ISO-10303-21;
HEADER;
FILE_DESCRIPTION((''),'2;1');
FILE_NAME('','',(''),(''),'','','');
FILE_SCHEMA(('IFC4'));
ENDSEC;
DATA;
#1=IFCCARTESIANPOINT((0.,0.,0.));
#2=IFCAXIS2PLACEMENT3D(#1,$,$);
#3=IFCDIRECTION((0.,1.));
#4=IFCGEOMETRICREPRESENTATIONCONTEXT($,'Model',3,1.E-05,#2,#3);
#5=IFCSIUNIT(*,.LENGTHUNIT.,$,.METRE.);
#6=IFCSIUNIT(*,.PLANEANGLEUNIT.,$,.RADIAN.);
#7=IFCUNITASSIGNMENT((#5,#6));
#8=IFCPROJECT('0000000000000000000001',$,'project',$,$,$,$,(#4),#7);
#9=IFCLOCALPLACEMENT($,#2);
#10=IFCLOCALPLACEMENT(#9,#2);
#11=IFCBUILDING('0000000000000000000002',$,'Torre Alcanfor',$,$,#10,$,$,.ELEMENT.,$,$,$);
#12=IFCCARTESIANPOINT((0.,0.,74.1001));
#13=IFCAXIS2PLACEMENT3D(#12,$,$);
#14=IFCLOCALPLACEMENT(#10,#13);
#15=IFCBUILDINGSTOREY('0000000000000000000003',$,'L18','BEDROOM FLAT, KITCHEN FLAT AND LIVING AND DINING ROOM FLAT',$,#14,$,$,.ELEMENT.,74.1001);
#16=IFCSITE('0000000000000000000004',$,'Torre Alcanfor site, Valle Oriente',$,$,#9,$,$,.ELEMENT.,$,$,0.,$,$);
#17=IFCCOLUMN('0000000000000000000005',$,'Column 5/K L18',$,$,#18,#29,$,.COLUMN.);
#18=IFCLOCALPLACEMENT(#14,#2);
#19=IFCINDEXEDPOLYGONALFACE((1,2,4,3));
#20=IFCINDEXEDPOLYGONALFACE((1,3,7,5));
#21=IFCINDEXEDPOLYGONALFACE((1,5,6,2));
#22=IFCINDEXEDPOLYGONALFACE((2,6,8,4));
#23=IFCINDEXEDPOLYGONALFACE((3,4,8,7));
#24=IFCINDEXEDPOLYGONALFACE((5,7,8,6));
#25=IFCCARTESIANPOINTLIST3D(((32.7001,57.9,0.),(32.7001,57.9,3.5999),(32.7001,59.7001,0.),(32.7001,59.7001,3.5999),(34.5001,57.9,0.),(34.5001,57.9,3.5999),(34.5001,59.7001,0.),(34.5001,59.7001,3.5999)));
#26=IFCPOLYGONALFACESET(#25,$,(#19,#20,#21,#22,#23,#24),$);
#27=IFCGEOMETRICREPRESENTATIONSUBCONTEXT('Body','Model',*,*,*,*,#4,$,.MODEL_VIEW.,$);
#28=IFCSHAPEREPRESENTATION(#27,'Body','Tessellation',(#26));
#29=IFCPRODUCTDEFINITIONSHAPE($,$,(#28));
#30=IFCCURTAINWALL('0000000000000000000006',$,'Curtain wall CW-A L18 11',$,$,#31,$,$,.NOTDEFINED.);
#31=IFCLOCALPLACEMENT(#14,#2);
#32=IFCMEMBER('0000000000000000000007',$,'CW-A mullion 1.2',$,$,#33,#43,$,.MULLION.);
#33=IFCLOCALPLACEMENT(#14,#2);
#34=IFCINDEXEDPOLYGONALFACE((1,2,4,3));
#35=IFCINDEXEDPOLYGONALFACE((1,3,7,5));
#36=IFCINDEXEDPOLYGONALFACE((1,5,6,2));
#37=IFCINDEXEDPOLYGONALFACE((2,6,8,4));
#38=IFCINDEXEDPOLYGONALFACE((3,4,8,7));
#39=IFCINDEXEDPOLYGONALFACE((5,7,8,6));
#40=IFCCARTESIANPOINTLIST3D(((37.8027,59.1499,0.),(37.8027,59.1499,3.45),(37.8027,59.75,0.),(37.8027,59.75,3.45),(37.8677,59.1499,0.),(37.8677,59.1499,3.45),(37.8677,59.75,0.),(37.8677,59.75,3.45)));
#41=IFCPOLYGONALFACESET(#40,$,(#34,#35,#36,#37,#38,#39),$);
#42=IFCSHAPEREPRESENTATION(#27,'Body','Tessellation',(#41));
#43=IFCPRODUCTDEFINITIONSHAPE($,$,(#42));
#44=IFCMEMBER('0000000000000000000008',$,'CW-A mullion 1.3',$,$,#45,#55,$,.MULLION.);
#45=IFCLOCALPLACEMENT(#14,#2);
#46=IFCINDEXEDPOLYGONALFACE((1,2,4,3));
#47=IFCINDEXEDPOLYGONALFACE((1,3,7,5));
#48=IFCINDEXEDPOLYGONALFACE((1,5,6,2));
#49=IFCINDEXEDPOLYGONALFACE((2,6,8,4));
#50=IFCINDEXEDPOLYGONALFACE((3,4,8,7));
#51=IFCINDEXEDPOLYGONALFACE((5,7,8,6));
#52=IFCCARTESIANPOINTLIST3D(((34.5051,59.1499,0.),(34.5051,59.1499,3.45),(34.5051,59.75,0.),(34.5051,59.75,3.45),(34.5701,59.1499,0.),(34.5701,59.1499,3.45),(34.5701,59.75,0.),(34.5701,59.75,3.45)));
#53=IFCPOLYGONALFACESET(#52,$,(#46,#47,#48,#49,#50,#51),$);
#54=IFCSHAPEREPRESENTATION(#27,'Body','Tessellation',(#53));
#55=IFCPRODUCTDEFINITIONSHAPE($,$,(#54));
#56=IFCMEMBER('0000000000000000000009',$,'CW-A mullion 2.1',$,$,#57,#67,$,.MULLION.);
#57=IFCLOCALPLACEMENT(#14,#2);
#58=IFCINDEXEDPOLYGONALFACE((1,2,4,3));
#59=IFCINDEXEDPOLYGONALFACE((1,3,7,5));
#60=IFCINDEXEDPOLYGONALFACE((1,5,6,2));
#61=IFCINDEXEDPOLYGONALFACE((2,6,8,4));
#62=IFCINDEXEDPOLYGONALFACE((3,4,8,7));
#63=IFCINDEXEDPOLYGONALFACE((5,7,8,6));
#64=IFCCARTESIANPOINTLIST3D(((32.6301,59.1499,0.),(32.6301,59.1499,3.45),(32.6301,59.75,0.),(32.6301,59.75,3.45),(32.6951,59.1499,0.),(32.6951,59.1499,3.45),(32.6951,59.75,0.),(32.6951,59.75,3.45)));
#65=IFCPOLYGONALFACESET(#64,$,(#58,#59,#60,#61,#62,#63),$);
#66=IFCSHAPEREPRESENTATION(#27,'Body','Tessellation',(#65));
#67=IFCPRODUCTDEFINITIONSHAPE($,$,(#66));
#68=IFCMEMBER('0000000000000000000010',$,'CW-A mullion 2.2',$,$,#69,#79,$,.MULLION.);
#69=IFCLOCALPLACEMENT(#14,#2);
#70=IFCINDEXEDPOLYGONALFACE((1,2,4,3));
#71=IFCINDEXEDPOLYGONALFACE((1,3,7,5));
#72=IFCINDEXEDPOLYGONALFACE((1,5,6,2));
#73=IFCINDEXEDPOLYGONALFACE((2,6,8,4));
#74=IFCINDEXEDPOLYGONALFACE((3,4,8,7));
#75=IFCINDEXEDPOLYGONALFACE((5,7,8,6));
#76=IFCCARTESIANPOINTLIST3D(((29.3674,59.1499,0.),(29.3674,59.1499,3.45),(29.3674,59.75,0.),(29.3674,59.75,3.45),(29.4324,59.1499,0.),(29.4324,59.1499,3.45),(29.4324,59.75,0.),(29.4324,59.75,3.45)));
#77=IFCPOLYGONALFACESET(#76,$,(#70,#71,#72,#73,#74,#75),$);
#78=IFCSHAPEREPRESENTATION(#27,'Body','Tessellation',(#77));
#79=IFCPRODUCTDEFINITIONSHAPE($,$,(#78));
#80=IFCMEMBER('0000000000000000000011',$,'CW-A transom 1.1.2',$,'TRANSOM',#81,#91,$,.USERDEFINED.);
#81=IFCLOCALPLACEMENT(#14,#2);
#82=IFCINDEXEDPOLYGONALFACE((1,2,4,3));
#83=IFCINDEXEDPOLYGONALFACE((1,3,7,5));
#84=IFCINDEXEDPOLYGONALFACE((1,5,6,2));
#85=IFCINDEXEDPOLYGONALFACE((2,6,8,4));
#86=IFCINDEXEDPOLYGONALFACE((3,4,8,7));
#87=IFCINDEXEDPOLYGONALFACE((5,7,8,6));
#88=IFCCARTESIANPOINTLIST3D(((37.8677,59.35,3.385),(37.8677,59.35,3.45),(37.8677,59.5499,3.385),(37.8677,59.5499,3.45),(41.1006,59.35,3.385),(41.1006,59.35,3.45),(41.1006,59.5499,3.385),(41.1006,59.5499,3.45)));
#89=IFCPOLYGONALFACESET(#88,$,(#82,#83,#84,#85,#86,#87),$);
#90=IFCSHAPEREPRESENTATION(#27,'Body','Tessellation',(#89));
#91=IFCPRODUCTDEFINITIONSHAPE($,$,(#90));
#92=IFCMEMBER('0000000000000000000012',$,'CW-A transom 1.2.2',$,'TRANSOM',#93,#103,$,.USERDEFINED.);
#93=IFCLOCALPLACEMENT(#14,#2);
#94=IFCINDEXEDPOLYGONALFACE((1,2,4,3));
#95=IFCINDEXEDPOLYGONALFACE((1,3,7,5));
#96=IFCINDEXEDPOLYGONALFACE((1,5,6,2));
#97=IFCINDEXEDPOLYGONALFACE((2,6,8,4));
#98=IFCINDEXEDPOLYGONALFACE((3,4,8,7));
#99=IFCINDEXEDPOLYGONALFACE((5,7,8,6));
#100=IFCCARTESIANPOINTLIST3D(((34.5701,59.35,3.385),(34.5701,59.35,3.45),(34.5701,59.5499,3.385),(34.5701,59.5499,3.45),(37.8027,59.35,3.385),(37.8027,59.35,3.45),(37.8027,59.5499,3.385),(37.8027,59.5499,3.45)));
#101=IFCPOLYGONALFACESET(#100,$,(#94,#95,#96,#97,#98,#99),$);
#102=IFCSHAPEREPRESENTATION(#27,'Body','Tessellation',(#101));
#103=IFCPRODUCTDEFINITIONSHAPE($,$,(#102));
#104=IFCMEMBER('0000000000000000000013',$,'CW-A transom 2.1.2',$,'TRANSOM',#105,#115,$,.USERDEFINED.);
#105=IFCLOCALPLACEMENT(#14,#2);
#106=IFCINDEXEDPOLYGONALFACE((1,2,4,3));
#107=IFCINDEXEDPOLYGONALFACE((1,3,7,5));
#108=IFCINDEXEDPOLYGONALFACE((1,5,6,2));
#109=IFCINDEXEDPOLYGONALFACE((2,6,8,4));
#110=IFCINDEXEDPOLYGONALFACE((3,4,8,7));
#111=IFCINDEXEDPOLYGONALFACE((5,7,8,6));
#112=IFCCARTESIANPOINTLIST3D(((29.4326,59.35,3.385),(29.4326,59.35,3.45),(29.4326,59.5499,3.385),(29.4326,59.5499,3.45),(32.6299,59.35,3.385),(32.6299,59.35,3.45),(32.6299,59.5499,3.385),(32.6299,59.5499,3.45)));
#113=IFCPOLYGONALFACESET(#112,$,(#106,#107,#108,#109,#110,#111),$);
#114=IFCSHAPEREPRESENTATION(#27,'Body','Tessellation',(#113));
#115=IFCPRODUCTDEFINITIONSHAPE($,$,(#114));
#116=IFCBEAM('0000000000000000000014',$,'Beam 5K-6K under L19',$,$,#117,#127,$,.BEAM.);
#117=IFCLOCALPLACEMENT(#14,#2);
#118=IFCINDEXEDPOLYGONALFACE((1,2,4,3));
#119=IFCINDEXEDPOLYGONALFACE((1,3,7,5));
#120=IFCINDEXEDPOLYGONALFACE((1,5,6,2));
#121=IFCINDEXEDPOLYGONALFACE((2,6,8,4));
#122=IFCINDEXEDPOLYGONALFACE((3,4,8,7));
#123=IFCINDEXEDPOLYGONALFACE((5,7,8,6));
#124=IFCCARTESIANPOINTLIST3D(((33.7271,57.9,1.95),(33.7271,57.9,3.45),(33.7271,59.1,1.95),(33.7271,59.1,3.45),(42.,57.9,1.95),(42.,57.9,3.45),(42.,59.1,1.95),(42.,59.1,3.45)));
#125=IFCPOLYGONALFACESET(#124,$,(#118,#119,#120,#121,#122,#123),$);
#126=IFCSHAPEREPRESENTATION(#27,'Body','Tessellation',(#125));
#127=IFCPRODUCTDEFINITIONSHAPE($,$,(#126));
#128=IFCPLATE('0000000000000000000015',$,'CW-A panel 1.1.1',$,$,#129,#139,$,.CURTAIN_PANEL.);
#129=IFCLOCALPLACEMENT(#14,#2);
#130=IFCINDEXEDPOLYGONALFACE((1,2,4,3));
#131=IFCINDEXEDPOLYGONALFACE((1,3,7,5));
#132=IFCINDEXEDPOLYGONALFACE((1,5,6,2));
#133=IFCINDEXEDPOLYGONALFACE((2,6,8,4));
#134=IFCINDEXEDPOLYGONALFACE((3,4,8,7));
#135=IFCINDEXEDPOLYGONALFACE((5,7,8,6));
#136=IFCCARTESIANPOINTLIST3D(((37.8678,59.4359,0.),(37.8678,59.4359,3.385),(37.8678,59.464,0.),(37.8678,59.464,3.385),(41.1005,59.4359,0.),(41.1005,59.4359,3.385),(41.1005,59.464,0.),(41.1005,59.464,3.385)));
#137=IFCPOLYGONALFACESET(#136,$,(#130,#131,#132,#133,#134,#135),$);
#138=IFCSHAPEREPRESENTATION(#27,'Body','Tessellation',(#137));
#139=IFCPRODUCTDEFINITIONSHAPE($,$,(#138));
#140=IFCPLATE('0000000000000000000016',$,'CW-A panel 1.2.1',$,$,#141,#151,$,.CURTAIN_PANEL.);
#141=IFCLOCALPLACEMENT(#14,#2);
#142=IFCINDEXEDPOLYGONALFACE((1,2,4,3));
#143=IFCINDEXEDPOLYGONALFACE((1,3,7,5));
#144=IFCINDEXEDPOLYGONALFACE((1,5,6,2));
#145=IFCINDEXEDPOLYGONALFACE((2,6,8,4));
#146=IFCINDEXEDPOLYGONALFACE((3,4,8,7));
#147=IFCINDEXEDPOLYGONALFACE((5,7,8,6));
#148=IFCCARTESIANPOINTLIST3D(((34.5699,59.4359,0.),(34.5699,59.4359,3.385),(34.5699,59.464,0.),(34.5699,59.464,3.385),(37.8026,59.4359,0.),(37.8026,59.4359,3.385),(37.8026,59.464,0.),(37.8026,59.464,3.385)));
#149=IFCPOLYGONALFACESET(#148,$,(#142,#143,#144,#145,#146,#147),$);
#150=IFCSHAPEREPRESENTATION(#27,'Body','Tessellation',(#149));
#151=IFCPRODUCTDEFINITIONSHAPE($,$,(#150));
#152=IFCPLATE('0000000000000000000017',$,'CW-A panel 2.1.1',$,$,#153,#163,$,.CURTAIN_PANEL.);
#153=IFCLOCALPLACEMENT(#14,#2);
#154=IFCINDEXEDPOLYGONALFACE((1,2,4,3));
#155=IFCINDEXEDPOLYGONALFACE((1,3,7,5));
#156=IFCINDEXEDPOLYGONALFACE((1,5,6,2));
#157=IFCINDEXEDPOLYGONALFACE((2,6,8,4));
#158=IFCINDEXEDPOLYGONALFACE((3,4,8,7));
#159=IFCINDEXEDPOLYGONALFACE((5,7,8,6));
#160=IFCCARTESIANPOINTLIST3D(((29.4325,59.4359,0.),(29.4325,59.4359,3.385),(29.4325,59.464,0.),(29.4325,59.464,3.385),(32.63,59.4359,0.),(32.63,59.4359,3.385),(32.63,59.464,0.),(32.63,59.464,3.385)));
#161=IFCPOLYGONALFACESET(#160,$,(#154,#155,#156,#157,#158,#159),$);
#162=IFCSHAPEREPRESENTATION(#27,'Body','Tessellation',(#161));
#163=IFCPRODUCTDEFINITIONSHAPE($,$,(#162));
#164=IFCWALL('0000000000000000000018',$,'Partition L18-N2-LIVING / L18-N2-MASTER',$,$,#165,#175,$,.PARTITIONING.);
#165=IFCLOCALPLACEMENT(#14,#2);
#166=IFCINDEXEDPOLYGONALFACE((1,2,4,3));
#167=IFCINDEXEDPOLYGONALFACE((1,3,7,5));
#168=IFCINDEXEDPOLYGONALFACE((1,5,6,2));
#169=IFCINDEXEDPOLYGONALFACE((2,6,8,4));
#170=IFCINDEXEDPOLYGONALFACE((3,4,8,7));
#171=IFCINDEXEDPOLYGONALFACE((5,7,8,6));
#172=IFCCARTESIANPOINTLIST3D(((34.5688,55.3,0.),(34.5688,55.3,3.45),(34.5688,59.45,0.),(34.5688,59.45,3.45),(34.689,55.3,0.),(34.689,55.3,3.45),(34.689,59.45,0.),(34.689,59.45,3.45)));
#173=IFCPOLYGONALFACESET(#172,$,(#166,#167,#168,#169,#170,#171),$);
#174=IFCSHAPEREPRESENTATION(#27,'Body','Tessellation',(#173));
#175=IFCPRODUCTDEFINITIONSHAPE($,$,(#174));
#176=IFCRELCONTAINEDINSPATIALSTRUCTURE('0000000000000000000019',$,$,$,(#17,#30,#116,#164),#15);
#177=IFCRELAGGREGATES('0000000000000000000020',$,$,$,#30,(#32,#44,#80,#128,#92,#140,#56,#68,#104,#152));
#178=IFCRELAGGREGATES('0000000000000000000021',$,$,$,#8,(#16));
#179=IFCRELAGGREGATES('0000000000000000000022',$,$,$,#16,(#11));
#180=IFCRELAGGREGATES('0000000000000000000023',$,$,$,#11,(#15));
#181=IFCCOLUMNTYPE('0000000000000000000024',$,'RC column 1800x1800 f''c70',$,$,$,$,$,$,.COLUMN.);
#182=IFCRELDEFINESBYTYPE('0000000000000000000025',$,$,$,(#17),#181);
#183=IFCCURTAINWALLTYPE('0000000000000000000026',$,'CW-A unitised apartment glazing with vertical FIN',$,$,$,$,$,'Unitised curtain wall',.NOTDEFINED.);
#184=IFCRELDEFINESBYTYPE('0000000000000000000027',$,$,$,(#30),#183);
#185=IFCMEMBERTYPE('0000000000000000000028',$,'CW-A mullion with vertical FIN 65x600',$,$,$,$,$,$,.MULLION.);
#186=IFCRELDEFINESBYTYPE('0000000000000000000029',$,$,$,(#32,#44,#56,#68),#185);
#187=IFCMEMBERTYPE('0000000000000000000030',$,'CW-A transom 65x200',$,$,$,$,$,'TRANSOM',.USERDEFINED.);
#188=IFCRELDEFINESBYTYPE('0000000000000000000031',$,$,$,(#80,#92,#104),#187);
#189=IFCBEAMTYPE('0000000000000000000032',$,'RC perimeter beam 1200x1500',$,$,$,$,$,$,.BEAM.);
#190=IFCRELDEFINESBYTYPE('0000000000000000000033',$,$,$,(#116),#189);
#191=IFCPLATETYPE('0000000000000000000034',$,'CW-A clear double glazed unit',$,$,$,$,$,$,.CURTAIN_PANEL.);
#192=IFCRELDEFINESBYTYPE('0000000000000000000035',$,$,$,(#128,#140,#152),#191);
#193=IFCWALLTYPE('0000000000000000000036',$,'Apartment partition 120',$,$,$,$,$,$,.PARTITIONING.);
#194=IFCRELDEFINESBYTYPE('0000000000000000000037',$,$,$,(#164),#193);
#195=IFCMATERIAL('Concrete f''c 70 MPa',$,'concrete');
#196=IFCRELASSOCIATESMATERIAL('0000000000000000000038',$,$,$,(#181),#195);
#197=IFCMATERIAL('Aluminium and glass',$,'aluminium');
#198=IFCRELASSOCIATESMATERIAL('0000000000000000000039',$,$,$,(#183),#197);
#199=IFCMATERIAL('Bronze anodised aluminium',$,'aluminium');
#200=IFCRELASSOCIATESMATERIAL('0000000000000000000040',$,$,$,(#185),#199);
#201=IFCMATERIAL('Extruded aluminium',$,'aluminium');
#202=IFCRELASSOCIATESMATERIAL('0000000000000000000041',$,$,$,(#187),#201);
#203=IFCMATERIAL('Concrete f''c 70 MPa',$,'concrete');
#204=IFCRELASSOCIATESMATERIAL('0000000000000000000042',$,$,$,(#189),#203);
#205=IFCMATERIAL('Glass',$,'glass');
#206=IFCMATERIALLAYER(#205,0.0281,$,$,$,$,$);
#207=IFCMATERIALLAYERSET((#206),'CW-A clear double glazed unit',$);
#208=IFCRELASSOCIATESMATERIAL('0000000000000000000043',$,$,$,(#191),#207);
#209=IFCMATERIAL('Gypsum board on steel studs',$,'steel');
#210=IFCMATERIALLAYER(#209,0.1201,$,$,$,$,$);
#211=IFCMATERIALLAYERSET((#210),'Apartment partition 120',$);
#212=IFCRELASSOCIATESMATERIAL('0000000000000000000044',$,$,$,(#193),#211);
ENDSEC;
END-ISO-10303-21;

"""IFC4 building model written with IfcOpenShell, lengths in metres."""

from ifc_helpers import new_model, si_unit, direction, frame, frame_2d, origin, origin_2d, place, context, subcontext, project, spatial, rectangle, extrude, material, layer, layer_set, material_profile, profile_set, type_object, element, aggregate, save


model = new_model("IFC4")

# Units and contexts
model_context = context("Model", 3, precision=1e-05, world=origin(), true_north=direction((0.0, 1.0)))
body_context = subcontext(model_context, "Body", "Model", "MODEL_VIEW")
ifc_project = project(units=[si_unit("LENGTHUNIT", "METRE"), si_unit("PLANEANGLEUNIT", "RADIAN")], contexts=[model_context])

# Site, building, storey
site_placement = place(None, origin())
site = spatial("IfcSite", under=ifc_project, at=site_placement, Name="Torre Alcanfor site, Valle Oriente", CompositionType="ELEMENT", RefElevation=0.0)
building_placement = place(site_placement, origin())
building = spatial("IfcBuilding", under=site, at=building_placement, Name="Torre Alcanfor", CompositionType="ELEMENT")
storey_placement = place(building_placement, frame((0.0, 0.0, 74.1001)))
storey = spatial("IfcBuildingStorey", under=building, at=storey_placement, Name="L18", Description="BEDROOM FLAT, KITCHEN FLAT AND LIVING AND DINING ROOM FLAT", CompositionType="ELEMENT", Elevation=74.1001)

# Column
ifc_material_1 = material(Name="Concrete f'c 70 MPa", Category="concrete")
ifc_material_profile_1 = material_profile(ifc_material_1, rectangle(XDim=1.8, YDim=1.8, at=origin_2d()), Name="1800x1800")
ifc_profile_set_1 = profile_set([ifc_material_profile_1], Name="Concrete f'c 70 MPa")
column_type = type_object("IfcColumnType", Name="RC column 1800x1800 f'c70", PredefinedType="COLUMN", material=ifc_profile_set_1)
column_placement = place(storey_placement, frame((33.6001, 58.8, 0.0), z_axis=(0.0, 0.0, 1.0), x_axis=(1.0, 0.0, 0.0)))
element("IfcColumn", 1, at=column_placement, inside=storey, type_object=column_type, Name="Column 5/K L18", PredefinedType="COLUMN", context=body_context, shape_type="SweptSolid", body=[
    extrude(rectangle(XDim=1.8, YDim=1.8, at=origin_2d()), origin(), (0.0, 0.0, 1.0), 3.5999),
])

# Curtain wall, members
ifc_material_2 = material(Name="Aluminium and glass", Category="aluminium")
curtain_wall_type = type_object("IfcCurtainWallType", Name="CW-A unitised apartment glazing with vertical FIN", ElementType="Unitised curtain wall", PredefinedType="NOTDEFINED", material=ifc_material_2)
curtain_wall_placement = place(storey_placement, origin())
curtain_wall = element("IfcCurtainWall", 2, at=curtain_wall_placement, inside=storey, type_object=curtain_wall_type, Name="Curtain wall CW-A L18 11", PredefinedType="NOTDEFINED")
ifc_material_3 = material(Name="Bronze anodised aluminium", Category="aluminium")
ifc_material_profile_2 = material_profile(ifc_material_3, rectangle(XDim=0.6001, YDim=0.0649, at=origin_2d()), Name="CW-A mullion 65x600")
ifc_profile_set_2 = profile_set([ifc_material_profile_2], Name="Bronze anodised aluminium")
member_type_1 = type_object("IfcMemberType", Name="CW-A mullion with vertical FIN 65x600", PredefinedType="MULLION", material=ifc_profile_set_2)
member_1_placement = place(storey_placement, frame((37.8352, 59.45, 0.0), z_axis=(0.0, 0.0, 1.0), x_axis=(0.0, -1.0, 0.0)))
member_1 = element("IfcMember", 3, at=member_1_placement, type_object=member_type_1, Name="CW-A mullion 1.2", PredefinedType="MULLION", context=body_context, shape_type="SweptSolid", body=[
    extrude(rectangle(XDim=0.6001, YDim=0.0649, at=origin_2d()), origin(), (0.0, 0.0, 1.0), 3.45),
])
member_2_placement = place(storey_placement, frame((34.5376, 59.45, 0.0), z_axis=(0.0, 0.0, 1.0), x_axis=(0.0, -1.0, 0.0)))
member_2 = element("IfcMember", 4, at=member_2_placement, type_object=member_type_1, Name="CW-A mullion 1.3", PredefinedType="MULLION", context=body_context, shape_type="SweptSolid", body=[
    extrude(rectangle(XDim=0.6001, YDim=0.0649, at=origin_2d()), origin(), (0.0, 0.0, 1.0), 3.45),
])
member_3_placement = place(storey_placement, frame((32.6626, 59.45, 0.0), z_axis=(0.0, 0.0, 1.0), x_axis=(0.0, -1.0, 0.0)))
member_3 = element("IfcMember", 5, at=member_3_placement, type_object=member_type_1, Name="CW-A mullion 2.1", PredefinedType="MULLION", context=body_context, shape_type="SweptSolid", body=[
    extrude(rectangle(XDim=0.6001, YDim=0.0649, at=origin_2d()), origin(), (0.0, 0.0, 1.0), 3.45),
])
member_4_placement = place(storey_placement, frame((29.3999, 59.45, 0.0), z_axis=(0.0, 0.0, 1.0), x_axis=(0.0, -1.0, 0.0)))
member_4 = element("IfcMember", 6, at=member_4_placement, type_object=member_type_1, Name="CW-A mullion 2.2", PredefinedType="MULLION", context=body_context, shape_type="SweptSolid", body=[
    extrude(rectangle(XDim=0.6001, YDim=0.0649, at=origin_2d()), origin(), (0.0, 0.0, 1.0), 3.45),
])
ifc_material_4 = material(Name="Extruded aluminium", Category="aluminium")
ifc_material_profile_3 = material_profile(ifc_material_4, rectangle(XDim=0.2, YDim=0.0649, at=origin_2d()), Name="CW-A transom 200x65")
ifc_profile_set_3 = profile_set([ifc_material_profile_3], Name="Extruded aluminium")
member_type_2 = type_object("IfcMemberType", Name="CW-A transom 65x200", ElementType="TRANSOM", PredefinedType="USERDEFINED", material=ifc_profile_set_3)
member_5_placement = place(storey_placement, frame((41.1006, 59.45, 3.4175), z_axis=(-1.0, 0.0, 0.0), x_axis=(0.0, -1.0, 0.0)))
member_5 = element("IfcMember", 7, at=member_5_placement, type_object=member_type_2, Name="CW-A transom 1.1.2", ObjectType="TRANSOM", PredefinedType="USERDEFINED", context=body_context, shape_type="SweptSolid", body=[
    extrude(rectangle(XDim=0.2, YDim=0.0649, at=origin_2d()), origin(), (0.0, 0.0, 1.0), 3.2329),
])
member_6_placement = place(storey_placement, frame((37.8027, 59.45, 3.4175), z_axis=(-1.0, 0.0, 0.0), x_axis=(0.0, -1.0, 0.0)))
member_6 = element("IfcMember", 8, at=member_6_placement, type_object=member_type_2, Name="CW-A transom 1.2.2", ObjectType="TRANSOM", PredefinedType="USERDEFINED", context=body_context, shape_type="SweptSolid", body=[
    extrude(rectangle(XDim=0.2, YDim=0.0649, at=origin_2d()), origin(), (0.0, 0.0, 1.0), 3.2327),
])
member_7_placement = place(storey_placement, frame((32.6299, 59.45, 3.4175), z_axis=(-1.0, 0.0, 0.0), x_axis=(0.0, -1.0, 0.0)))
member_7 = element("IfcMember", 9, at=member_7_placement, type_object=member_type_2, Name="CW-A transom 2.1.2", ObjectType="TRANSOM", PredefinedType="USERDEFINED", context=body_context, shape_type="SweptSolid", body=[
    extrude(rectangle(XDim=0.2, YDim=0.0649, at=origin_2d()), origin(), (0.0, 0.0, 1.0), 3.1973),
])

# Beam
ifc_material_5 = material(Name="Concrete f'c 70 MPa", Category="concrete")
ifc_material_profile_4 = material_profile(ifc_material_5, rectangle(XDim=1.2, YDim=1.5, at=origin_2d()), Name="1200x1500")
ifc_profile_set_4 = profile_set([ifc_material_profile_4], Name="Concrete f'c 70 MPa")
beam_type = type_object("IfcBeamType", Name="RC perimeter beam 1200x1500", PredefinedType="BEAM", material=ifc_profile_set_4)
beam_placement = place(storey_placement, frame((33.7271, 58.5, 2.7), z_axis=(1.0, 0.0, 0.0), x_axis=(0.0, 1.0, 0.0)))
element("IfcBeam", 10, at=beam_placement, inside=storey, type_object=beam_type, Name="Beam 5K-6K under L19", PredefinedType="BEAM", context=body_context, shape_type="SweptSolid", body=[
    extrude(rectangle(XDim=1.2, YDim=1.5, at=origin_2d()), origin(), (0.0, 0.0, 1.0), 8.2729),
])

# Plates
ifc_material_6 = material(Name="Glass", Category="glass")
ifc_layer_1 = layer(ifc_material_6, 0.0281)
ifc_layer_set_1 = layer_set([ifc_layer_1], Name="CW-A clear double glazed unit")
plate_type = type_object("IfcPlateType", Name="CW-A clear double glazed unit", PredefinedType="CURTAIN_PANEL", material=ifc_layer_set_1)
plate_1_placement = place(storey_placement, frame((39.4841, 59.45, 0.0), z_axis=(0.0, 0.0, 1.0), x_axis=(-1.0, 0.0, 0.0)))
plate_1 = element("IfcPlate", 11, at=plate_1_placement, type_object=plate_type, Name="CW-A panel 1.1.1", PredefinedType="CURTAIN_PANEL", context=body_context, shape_type="SweptSolid", body=[
    extrude(rectangle(XDim=3.2327, YDim=0.0281, at=origin_2d()), origin(), (0.0, 0.0, 1.0), 3.385),
])
plate_2_placement = place(storey_placement, frame((36.1863, 59.45, 0.0), z_axis=(0.0, 0.0, 1.0), x_axis=(-1.0, 0.0, 0.0)))
plate_2 = element("IfcPlate", 12, at=plate_2_placement, type_object=plate_type, Name="CW-A panel 1.2.1", PredefinedType="CURTAIN_PANEL", context=body_context, shape_type="SweptSolid", body=[
    extrude(rectangle(XDim=3.2327, YDim=0.0281, at=origin_2d()), origin(), (0.0, 0.0, 1.0), 3.385),
])
plate_3_placement = place(storey_placement, frame((31.0312, 59.45, 0.0), z_axis=(0.0, 0.0, 1.0), x_axis=(-1.0, 0.0, 0.0)))
plate_3 = element("IfcPlate", 13, at=plate_3_placement, type_object=plate_type, Name="CW-A panel 2.1.1", PredefinedType="CURTAIN_PANEL", context=body_context, shape_type="SweptSolid", body=[
    extrude(rectangle(XDim=3.1975, YDim=0.0281, at=origin_2d()), origin(), (0.0, 0.0, 1.0), 3.385),
])
aggregate(curtain_wall, [member_1, member_2, member_5, plate_1, member_6, plate_2, member_3, member_4, member_7, plate_3])

# Wall
ifc_material_7 = material(Name="Gypsum board on steel studs", Category="steel")
ifc_layer_2 = layer(ifc_material_7, 0.1201)
ifc_layer_set_2 = layer_set([ifc_layer_2], Name="Apartment partition 120")
wall_type_1 = type_object("IfcWallType", Name="Apartment partition 120", PredefinedType="PARTITIONING", material=ifc_layer_set_2)
wall_1_placement = place(storey_placement, frame((34.6289, 59.45, 0.0), z_axis=(0.0, 0.0, 1.0), x_axis=(0.0, -1.0, 0.0)))
element("IfcWall", 14, at=wall_1_placement, inside=storey, type_object=wall_type_1, Name="Partition L18-N2-LIVING / L18-N2-MASTER", PredefinedType="PARTITIONING", context=body_context, shape_type="SweptSolid", body=[
    extrude(rectangle(XDim=4.1499, YDim=0.1201, at=frame_2d((2.075, 0.0))), origin(), (0.0, 0.0, 1.0), 3.45),
])

save(model, "model.ifc")
